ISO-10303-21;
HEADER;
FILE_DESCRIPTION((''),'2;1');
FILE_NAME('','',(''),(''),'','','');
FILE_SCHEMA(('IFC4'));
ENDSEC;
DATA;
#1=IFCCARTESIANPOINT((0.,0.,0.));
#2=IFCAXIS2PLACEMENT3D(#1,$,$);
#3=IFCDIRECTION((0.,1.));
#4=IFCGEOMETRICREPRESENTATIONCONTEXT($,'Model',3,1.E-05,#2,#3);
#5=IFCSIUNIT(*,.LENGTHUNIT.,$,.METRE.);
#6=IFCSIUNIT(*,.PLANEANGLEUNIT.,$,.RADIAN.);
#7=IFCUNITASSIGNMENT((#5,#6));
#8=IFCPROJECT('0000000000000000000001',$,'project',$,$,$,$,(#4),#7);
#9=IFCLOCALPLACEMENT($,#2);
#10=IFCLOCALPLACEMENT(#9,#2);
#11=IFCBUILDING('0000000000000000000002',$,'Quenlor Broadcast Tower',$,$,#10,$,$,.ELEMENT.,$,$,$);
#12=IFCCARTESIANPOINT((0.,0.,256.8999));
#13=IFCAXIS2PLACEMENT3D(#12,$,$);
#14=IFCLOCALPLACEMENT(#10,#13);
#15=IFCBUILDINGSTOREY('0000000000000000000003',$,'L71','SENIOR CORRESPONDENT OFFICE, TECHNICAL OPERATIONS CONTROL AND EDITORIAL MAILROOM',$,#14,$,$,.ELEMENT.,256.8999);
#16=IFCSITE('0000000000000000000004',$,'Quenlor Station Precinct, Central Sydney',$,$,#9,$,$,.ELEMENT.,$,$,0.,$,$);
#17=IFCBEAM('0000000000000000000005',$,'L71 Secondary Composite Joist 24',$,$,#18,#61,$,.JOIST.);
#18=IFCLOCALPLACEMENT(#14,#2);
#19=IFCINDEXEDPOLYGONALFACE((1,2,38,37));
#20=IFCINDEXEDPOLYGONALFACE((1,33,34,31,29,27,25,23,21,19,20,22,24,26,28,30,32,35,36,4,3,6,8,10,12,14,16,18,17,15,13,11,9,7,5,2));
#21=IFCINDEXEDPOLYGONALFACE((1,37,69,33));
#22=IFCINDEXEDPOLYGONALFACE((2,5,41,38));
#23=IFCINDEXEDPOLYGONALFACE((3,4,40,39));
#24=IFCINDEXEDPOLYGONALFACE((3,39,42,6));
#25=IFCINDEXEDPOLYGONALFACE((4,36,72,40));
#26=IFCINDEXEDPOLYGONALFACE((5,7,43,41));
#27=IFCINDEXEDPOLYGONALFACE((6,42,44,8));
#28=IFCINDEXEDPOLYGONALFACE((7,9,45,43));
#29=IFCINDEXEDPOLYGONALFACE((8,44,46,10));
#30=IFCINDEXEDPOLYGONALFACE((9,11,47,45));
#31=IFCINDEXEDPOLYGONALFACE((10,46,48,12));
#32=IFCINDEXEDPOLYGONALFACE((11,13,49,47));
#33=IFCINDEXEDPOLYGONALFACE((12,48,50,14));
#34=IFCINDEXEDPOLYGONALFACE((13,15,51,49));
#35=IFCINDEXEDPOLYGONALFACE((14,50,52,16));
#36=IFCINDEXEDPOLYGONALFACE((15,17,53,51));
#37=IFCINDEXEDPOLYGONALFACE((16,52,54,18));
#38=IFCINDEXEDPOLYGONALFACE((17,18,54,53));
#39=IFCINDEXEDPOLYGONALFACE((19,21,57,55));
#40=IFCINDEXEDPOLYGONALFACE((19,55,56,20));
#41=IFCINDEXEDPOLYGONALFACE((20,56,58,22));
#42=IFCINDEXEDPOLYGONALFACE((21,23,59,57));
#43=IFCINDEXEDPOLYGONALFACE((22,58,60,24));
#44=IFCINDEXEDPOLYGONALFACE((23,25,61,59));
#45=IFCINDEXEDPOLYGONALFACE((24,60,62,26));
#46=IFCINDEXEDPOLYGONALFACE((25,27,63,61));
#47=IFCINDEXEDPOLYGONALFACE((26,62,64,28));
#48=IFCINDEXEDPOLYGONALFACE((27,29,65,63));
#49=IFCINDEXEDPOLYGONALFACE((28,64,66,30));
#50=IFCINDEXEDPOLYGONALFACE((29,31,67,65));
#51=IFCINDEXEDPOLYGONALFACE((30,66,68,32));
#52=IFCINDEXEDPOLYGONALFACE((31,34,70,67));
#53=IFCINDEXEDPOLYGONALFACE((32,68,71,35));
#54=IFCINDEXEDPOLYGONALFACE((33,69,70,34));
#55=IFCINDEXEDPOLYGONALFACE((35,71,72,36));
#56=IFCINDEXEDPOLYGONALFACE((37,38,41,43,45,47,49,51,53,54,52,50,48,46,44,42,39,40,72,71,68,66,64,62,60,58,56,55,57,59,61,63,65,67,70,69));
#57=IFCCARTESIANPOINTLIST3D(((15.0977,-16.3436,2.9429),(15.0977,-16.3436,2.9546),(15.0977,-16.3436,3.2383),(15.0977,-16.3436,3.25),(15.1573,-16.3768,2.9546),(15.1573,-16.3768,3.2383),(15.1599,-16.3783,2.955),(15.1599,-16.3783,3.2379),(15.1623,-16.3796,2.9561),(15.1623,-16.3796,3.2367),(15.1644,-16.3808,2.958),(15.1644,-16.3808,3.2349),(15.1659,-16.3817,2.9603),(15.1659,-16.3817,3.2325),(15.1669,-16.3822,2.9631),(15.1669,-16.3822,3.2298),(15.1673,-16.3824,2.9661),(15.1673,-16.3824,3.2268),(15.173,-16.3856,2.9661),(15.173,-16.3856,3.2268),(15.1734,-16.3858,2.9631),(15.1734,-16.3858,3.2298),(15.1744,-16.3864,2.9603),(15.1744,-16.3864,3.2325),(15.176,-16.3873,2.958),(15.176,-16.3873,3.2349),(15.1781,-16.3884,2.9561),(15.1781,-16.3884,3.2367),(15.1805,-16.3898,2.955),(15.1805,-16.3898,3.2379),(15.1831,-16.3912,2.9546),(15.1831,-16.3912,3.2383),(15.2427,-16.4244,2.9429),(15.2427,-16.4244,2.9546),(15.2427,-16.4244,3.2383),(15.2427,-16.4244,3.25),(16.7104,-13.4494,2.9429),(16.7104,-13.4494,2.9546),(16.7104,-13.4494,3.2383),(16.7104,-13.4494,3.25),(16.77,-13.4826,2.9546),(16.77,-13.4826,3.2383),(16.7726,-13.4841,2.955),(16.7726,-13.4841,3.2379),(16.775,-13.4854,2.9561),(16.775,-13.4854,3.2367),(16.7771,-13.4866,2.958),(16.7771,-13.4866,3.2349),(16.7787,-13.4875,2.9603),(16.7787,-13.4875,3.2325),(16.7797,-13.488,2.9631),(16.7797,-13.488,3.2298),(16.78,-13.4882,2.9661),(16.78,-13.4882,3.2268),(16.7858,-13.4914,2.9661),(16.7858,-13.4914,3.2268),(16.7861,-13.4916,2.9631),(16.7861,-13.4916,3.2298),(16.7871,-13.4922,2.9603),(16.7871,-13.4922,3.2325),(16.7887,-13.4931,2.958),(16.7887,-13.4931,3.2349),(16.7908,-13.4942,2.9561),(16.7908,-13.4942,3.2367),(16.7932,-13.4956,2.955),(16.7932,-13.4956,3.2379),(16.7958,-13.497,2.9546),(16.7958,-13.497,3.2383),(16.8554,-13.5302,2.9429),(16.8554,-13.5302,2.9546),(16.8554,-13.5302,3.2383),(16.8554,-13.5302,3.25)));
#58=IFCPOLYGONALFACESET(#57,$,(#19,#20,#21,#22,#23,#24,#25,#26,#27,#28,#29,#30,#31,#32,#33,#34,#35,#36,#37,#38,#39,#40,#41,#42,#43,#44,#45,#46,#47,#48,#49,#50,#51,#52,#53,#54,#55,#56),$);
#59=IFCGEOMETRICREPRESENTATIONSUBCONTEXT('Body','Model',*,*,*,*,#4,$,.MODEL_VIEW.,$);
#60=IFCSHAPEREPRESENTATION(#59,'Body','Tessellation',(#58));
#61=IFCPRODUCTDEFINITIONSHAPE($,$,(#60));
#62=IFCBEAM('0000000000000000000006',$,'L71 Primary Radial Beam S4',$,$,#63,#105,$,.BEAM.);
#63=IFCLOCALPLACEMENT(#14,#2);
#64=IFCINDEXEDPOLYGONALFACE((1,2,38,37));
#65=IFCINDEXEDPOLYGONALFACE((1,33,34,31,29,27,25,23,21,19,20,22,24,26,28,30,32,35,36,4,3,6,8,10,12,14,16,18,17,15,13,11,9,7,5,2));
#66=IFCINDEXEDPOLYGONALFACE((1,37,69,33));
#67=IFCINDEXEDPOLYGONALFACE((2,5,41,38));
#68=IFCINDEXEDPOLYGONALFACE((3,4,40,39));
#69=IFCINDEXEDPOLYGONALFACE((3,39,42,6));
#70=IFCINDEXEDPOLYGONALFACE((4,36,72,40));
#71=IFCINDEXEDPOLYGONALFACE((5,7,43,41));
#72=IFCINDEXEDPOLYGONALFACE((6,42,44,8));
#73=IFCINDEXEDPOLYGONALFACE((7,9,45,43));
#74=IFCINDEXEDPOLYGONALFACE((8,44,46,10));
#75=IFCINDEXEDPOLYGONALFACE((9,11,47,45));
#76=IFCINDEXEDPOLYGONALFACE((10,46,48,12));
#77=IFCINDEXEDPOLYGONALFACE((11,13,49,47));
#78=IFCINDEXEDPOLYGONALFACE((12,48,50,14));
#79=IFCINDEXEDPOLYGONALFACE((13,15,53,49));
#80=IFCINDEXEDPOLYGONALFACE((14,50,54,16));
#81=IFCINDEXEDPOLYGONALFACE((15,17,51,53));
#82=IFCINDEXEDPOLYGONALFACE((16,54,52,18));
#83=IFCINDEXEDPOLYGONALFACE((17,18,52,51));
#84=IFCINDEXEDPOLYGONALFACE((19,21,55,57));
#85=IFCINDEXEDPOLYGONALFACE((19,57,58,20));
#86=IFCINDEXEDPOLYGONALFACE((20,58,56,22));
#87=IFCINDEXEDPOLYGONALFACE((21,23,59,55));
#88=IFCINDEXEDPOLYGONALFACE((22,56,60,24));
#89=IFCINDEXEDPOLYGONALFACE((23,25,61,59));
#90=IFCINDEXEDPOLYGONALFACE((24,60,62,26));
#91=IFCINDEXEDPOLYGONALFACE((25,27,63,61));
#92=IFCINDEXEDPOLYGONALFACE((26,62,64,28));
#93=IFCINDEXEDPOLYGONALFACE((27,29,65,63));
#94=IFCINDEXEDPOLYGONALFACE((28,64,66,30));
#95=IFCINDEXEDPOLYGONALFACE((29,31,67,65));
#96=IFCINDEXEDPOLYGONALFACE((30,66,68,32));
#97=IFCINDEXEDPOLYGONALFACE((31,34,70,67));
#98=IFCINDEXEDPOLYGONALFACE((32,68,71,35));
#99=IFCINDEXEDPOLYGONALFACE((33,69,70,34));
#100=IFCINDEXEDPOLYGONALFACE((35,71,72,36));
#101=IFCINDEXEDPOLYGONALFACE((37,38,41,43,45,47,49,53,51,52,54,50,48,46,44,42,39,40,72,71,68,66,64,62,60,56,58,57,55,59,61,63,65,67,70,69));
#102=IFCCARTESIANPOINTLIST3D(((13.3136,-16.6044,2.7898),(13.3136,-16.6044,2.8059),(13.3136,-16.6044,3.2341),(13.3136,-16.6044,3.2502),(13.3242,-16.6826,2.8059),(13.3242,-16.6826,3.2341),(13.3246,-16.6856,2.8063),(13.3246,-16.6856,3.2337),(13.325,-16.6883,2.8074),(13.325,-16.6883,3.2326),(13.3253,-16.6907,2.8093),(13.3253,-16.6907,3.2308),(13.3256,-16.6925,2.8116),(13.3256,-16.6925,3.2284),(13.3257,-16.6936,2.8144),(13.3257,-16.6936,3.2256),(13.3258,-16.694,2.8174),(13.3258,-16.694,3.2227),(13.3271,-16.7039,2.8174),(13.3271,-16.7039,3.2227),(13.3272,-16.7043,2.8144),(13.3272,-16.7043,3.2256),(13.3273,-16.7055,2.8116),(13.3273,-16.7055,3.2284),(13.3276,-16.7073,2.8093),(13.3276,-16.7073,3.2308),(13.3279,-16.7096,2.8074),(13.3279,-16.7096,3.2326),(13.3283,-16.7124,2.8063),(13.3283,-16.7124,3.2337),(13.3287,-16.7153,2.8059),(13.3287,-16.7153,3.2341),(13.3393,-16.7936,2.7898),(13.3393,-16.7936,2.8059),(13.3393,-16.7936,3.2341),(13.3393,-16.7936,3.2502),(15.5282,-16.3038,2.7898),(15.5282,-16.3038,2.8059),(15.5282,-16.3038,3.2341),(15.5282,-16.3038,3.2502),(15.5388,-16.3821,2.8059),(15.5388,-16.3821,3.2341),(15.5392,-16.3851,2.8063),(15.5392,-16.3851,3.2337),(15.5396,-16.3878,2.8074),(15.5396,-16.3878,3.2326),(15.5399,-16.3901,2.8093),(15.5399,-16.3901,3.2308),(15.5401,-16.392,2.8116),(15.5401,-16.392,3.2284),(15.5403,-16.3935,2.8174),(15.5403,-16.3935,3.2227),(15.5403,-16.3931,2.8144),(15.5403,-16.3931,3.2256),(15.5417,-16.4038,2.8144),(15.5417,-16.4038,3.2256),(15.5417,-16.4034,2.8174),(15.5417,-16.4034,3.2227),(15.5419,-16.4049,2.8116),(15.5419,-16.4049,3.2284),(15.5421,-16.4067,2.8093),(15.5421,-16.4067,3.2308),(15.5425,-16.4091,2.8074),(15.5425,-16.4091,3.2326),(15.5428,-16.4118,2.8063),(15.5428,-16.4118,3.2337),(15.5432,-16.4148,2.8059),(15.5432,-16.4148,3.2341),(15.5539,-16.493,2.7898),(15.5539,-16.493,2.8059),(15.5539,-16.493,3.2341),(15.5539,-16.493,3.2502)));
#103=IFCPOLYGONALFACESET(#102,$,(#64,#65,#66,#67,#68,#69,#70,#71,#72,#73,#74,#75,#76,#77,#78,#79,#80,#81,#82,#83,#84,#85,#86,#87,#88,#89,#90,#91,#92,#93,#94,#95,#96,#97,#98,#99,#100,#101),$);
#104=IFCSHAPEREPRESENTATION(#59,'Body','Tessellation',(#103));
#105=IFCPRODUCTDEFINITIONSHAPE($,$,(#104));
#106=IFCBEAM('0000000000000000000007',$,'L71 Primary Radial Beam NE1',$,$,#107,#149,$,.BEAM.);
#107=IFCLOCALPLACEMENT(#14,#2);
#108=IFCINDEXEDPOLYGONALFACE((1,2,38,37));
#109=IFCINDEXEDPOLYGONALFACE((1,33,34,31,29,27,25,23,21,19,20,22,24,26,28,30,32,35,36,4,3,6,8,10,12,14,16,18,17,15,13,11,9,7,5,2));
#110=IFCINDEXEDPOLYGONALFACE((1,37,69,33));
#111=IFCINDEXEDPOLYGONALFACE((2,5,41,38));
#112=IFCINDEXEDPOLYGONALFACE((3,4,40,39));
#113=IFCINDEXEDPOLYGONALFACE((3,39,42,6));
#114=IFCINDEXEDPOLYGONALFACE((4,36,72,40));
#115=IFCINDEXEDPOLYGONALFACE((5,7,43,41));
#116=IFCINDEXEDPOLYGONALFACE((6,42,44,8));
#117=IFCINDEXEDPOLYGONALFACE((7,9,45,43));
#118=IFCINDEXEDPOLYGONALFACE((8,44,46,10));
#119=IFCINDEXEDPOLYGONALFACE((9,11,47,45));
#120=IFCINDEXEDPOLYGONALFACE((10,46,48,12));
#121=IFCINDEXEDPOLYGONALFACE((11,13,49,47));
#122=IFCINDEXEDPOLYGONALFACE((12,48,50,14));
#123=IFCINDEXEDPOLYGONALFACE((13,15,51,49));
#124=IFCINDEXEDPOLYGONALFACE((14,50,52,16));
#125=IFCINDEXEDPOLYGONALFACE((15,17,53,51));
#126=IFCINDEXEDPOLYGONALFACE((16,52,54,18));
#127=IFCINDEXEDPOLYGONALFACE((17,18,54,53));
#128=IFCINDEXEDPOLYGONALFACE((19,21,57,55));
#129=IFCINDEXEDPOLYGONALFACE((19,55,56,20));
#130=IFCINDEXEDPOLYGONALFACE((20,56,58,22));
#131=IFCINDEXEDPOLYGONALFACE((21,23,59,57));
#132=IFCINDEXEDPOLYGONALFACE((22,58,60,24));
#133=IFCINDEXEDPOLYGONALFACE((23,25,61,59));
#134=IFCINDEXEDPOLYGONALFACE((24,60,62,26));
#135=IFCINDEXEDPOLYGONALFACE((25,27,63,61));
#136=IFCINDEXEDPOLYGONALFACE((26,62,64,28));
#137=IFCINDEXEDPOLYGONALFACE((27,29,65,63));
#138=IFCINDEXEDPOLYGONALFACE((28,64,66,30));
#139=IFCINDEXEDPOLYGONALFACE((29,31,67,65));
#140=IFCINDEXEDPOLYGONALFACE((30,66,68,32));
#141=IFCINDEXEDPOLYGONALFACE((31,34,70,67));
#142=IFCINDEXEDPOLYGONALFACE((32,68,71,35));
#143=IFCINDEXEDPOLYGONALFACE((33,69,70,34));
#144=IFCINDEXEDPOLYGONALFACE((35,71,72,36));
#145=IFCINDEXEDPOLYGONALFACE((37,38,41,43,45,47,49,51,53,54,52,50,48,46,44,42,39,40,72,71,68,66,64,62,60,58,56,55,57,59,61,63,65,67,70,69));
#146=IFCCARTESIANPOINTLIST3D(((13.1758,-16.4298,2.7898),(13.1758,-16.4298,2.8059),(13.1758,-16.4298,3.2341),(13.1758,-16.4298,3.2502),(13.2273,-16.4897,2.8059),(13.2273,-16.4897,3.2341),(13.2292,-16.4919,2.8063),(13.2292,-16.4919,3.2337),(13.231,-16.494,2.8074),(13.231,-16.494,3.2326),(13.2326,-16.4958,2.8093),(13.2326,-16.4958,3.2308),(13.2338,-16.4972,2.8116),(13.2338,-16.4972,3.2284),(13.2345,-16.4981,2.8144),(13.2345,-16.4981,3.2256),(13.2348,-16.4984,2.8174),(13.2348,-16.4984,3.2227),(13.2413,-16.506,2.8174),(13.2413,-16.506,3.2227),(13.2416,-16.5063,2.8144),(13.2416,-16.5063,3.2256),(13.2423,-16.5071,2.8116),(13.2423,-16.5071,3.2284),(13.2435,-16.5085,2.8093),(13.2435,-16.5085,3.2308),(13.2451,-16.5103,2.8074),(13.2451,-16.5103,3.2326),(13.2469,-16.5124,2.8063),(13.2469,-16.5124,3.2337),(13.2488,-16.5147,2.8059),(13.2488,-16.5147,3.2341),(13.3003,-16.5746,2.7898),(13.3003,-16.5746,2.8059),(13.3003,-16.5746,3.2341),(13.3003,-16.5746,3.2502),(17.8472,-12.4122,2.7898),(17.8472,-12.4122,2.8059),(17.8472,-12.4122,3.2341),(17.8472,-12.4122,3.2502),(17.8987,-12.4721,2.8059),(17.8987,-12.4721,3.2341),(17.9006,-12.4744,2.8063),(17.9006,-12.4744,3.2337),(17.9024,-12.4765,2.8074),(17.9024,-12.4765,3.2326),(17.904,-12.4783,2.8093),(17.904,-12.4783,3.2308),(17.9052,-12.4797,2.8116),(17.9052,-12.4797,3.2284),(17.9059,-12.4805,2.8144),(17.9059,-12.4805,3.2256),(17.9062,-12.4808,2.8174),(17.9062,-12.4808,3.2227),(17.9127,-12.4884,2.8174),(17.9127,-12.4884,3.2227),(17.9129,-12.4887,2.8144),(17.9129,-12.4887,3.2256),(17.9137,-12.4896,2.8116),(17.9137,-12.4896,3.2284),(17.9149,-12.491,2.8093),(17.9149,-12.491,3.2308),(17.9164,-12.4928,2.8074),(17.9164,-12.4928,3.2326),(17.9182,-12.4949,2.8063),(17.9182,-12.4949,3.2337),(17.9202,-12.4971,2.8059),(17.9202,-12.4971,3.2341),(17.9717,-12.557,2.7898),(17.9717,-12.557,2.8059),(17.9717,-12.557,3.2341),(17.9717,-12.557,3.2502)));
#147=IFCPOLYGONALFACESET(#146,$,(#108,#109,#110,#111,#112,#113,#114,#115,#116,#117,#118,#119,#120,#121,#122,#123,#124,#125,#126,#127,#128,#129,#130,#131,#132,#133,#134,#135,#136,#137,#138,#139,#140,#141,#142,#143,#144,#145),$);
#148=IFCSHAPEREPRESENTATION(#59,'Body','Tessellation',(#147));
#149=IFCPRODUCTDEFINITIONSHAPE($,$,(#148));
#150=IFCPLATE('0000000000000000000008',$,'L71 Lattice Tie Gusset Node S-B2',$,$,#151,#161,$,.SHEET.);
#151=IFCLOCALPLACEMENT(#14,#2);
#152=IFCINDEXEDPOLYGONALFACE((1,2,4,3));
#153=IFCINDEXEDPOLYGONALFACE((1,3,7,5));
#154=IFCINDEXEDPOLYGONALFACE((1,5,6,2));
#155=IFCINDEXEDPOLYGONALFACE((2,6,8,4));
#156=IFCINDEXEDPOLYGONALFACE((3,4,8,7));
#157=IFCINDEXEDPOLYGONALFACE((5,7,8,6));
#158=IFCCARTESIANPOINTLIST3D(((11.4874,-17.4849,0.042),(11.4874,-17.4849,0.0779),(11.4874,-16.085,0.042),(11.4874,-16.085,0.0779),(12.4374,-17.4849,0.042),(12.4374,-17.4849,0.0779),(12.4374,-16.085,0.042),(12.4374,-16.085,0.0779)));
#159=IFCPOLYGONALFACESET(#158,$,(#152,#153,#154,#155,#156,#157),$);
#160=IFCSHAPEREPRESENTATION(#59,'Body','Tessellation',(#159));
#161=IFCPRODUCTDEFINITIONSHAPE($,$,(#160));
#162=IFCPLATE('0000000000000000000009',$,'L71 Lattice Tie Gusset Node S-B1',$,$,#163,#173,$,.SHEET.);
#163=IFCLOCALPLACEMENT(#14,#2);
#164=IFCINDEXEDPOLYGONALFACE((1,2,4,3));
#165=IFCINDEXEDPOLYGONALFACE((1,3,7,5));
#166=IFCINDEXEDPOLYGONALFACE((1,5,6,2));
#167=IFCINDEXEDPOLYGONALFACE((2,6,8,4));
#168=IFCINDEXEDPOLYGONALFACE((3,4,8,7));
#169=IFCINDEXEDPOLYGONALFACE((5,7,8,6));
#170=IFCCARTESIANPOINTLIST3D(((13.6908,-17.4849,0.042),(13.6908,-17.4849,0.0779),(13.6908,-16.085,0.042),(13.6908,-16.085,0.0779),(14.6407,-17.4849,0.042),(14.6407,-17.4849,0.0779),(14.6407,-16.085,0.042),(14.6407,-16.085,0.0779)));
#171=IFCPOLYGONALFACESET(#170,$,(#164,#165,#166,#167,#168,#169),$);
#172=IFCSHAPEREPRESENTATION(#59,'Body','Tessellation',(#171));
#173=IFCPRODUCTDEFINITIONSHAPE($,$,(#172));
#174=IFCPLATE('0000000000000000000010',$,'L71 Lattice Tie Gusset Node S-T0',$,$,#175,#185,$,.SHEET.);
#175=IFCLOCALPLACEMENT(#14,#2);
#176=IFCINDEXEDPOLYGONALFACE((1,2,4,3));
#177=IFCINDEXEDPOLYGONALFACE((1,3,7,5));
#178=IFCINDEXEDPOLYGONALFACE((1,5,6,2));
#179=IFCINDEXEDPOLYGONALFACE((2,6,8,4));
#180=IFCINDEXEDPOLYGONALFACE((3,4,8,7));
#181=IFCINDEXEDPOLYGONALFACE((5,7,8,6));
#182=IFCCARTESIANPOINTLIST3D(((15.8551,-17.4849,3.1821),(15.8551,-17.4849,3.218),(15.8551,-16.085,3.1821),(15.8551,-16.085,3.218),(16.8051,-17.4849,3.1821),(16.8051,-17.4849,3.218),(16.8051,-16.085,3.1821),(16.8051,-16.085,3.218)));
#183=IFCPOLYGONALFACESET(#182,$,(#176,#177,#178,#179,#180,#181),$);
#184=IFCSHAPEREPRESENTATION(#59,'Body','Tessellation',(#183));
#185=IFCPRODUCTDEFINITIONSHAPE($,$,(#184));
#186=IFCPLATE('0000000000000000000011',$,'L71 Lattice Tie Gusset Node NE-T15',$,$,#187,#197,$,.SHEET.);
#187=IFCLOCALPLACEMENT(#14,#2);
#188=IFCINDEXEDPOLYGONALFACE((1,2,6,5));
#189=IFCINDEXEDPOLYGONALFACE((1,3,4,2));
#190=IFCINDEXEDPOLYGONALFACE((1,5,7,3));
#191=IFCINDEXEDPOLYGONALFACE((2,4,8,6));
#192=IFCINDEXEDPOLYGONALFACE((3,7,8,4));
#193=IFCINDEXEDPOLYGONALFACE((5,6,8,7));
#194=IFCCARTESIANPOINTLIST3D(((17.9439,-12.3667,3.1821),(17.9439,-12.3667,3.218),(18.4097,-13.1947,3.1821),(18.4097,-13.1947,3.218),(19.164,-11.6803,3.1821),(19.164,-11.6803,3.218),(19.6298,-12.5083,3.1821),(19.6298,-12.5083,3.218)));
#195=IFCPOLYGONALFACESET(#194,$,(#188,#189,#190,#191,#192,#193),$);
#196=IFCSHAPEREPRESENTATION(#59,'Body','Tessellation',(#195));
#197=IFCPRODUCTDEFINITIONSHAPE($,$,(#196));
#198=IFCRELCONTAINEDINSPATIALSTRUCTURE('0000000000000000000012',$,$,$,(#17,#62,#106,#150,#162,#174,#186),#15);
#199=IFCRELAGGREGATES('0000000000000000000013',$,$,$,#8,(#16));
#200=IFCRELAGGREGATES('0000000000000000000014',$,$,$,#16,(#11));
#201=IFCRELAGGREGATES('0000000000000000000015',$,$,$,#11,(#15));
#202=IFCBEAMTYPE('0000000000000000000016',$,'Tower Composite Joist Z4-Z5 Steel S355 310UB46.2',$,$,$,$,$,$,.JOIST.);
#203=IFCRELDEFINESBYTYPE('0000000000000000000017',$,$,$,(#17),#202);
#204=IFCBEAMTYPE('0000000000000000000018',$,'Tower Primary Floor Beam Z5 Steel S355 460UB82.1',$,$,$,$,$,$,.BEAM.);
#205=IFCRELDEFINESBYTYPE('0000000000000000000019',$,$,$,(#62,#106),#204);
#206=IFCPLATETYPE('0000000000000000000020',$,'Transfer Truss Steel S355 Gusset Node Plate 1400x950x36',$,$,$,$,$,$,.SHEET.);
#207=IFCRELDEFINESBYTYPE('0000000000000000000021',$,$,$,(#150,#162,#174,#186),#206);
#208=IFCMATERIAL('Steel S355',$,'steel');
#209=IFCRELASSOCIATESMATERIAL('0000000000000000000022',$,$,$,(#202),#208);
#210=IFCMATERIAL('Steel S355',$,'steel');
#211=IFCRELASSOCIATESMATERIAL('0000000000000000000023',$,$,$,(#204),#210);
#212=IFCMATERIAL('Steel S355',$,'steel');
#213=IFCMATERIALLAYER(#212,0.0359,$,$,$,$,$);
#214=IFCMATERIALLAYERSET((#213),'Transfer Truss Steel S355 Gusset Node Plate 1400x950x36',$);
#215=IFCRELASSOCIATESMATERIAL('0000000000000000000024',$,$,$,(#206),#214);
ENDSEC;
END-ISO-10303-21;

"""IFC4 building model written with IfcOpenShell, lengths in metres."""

from ifc_helpers import new_model, si_unit, direction, frame, origin, origin_2d, place, context, subcontext, project, spatial, rectangle, i_section, extrude, material, layer, layer_set, material_profile, profile_set, type_object, element, save


model = new_model("IFC4")

# Units and contexts
model_context = context("Model", 3, precision=1e-05, world=origin(), true_north=direction((0.0, 1.0)))
body_context = subcontext(model_context, "Body", "Model", "MODEL_VIEW")
ifc_project = project(units=[si_unit("LENGTHUNIT", "METRE"), si_unit("PLANEANGLEUNIT", "RADIAN")], contexts=[model_context])

# Site, building, storey
site_placement = place(None, origin())
site = spatial("IfcSite", under=ifc_project, at=site_placement, Name="Quenlor Station Precinct, Central Sydney", CompositionType="ELEMENT", RefElevation=0.0)
building_placement = place(site_placement, origin())
building = spatial("IfcBuilding", under=site, at=building_placement, Name="Quenlor Broadcast Tower", CompositionType="ELEMENT")
storey_placement = place(building_placement, frame((0.0, 0.0, 256.8999)))
storey = spatial("IfcBuildingStorey", under=building, at=storey_placement, Name="L71", Description="SENIOR CORRESPONDENT OFFICE, TECHNICAL OPERATIONS CONTROL AND EDITORIAL MAILROOM", CompositionType="ELEMENT", Elevation=256.8999)

# Beams
ifc_material_1 = material(Name="Steel S355", Category="steel")
ifc_material_profile_1 = material_profile(ifc_material_1, i_section(OverallWidth=0.166, OverallDepth=0.3071, WebThickness=0.0066, FlangeThickness=0.0117, FilletRadius=0.0115, at=origin_2d()))
ifc_profile_set_1 = profile_set([ifc_material_profile_1], Name="Steel S355 310UB46.2")
beam_type_1 = type_object("IfcBeamType", Name="Tower Composite Joist Z4-Z5 Steel S355 310UB46.2", PredefinedType="JOIST", material=ifc_profile_set_1)
beam_1_placement = place(storey_placement, frame((15.1702, -16.384, 3.0964), z_axis=(0.486762, 0.873534, 0.0), x_axis=(-0.873534, 0.486762, 0.0)))
element("IfcBeam", 1, at=beam_1_placement, inside=storey, type_object=beam_type_1, Name="L71 Secondary Composite Joist 24", PredefinedType="JOIST", context=body_context, shape_type="SweptSolid", body=[
    extrude(i_section(OverallWidth=0.166, OverallDepth=0.3071, WebThickness=0.0066, FlangeThickness=0.0117, FilletRadius=0.0115, at=origin_2d()), origin(), (0.0, 0.0, 1.0), 3.3132),
])
ifc_material_2 = material(Name="Steel S355", Category="steel")
ifc_material_profile_2 = material_profile(ifc_material_2, i_section(OverallWidth=0.1909, OverallDepth=0.4604, WebThickness=0.01, FlangeThickness=0.0161, FilletRadius=0.0115, at=origin_2d()))
ifc_profile_set_2 = profile_set([ifc_material_profile_2], Name="Steel S355 460UB82.1")
beam_type_2 = type_object("IfcBeamType", Name="Tower Primary Floor Beam Z5 Steel S355 460UB82.1", PredefinedType="BEAM", material=ifc_profile_set_2)
beam_2_placement = place(storey_placement, frame((15.541, -16.3984, 3.02), z_axis=(-0.990917, -0.134475, 0.0), x_axis=(0.134475, -0.990917, 0.0)))
element("IfcBeam", 2, at=beam_2_placement, inside=storey, type_object=beam_type_2, Name="L71 Primary Radial Beam S4", PredefinedType="BEAM", context=body_context, shape_type="SweptSolid", body=[
    extrude(i_section(OverallWidth=0.1909, OverallDepth=0.4604, WebThickness=0.01, FlangeThickness=0.0161, FilletRadius=0.0115, at=origin_2d()), origin(), (0.0, 0.0, 1.0), 2.2349),
])
beam_3_placement = place(storey_placement, frame((17.9094, -12.4846, 3.02), z_axis=(-0.75817, -0.652057, 0.0), x_axis=(0.652057, -0.75817, 0.0)))
element("IfcBeam", 3, at=beam_3_placement, inside=storey, type_object=beam_type_2, Name="L71 Primary Radial Beam NE1", PredefinedType="BEAM", context=body_context, shape_type="SweptSolid", body=[
    extrude(i_section(OverallWidth=0.1909, OverallDepth=0.4604, WebThickness=0.01, FlangeThickness=0.0161, FilletRadius=0.0115, at=origin_2d()), origin(), (0.0, 0.0, 1.0), 6.1614),
])

# Plates
ifc_material_3 = material(Name="Steel S355", Category="steel")
ifc_layer_1 = layer(ifc_material_3, 0.0359)
ifc_layer_set_1 = layer_set([ifc_layer_1], Name="Transfer Truss Steel S355 Gusset Node Plate 1400x950x36")
plate_type = type_object("IfcPlateType", Name="Transfer Truss Steel S355 Gusset Node Plate 1400x950x36", PredefinedType="SHEET", material=ifc_layer_set_1)
for number, where, z_axis, x_axis, name in (
    (4, (11.9624, -16.7849, 0.042), (0.0, 0.0, 1.0), (0.0, -1.0, 0.0), "L71 Lattice Tie Gusset Node S-B2"),
    (5, (14.1658, -16.7849, 0.042), (0.0, 0.0, 1.0), (0.0, -1.0, 0.0), "L71 Lattice Tie Gusset Node S-B1"),
    (6, (16.3301, -16.7849, 3.1821), (0.0, 0.0, 1.0), (0.0, -1.0, 0.0), "L71 Lattice Tie Gusset Node S-T0"),
    (7, (18.7869, -12.4375, 3.1821), (0.0, 0.0, 1.0), (0.871556, 0.490295, 0.0), "L71 Lattice Tie Gusset Node NE-T15"),
):
    element("IfcPlate", number, at=place(storey_placement, frame(where, z_axis=z_axis, x_axis=x_axis)), inside=storey, type_object=plate_type, Name=name, PredefinedType="SHEET", context=body_context, shape_type="SweptSolid", body=[
        extrude(rectangle(XDim=1.3999, YDim=0.95, at=origin_2d()), origin(), (0.0, 0.0, 1.0), 0.0359),
    ])

save(model, "model.ifc")
